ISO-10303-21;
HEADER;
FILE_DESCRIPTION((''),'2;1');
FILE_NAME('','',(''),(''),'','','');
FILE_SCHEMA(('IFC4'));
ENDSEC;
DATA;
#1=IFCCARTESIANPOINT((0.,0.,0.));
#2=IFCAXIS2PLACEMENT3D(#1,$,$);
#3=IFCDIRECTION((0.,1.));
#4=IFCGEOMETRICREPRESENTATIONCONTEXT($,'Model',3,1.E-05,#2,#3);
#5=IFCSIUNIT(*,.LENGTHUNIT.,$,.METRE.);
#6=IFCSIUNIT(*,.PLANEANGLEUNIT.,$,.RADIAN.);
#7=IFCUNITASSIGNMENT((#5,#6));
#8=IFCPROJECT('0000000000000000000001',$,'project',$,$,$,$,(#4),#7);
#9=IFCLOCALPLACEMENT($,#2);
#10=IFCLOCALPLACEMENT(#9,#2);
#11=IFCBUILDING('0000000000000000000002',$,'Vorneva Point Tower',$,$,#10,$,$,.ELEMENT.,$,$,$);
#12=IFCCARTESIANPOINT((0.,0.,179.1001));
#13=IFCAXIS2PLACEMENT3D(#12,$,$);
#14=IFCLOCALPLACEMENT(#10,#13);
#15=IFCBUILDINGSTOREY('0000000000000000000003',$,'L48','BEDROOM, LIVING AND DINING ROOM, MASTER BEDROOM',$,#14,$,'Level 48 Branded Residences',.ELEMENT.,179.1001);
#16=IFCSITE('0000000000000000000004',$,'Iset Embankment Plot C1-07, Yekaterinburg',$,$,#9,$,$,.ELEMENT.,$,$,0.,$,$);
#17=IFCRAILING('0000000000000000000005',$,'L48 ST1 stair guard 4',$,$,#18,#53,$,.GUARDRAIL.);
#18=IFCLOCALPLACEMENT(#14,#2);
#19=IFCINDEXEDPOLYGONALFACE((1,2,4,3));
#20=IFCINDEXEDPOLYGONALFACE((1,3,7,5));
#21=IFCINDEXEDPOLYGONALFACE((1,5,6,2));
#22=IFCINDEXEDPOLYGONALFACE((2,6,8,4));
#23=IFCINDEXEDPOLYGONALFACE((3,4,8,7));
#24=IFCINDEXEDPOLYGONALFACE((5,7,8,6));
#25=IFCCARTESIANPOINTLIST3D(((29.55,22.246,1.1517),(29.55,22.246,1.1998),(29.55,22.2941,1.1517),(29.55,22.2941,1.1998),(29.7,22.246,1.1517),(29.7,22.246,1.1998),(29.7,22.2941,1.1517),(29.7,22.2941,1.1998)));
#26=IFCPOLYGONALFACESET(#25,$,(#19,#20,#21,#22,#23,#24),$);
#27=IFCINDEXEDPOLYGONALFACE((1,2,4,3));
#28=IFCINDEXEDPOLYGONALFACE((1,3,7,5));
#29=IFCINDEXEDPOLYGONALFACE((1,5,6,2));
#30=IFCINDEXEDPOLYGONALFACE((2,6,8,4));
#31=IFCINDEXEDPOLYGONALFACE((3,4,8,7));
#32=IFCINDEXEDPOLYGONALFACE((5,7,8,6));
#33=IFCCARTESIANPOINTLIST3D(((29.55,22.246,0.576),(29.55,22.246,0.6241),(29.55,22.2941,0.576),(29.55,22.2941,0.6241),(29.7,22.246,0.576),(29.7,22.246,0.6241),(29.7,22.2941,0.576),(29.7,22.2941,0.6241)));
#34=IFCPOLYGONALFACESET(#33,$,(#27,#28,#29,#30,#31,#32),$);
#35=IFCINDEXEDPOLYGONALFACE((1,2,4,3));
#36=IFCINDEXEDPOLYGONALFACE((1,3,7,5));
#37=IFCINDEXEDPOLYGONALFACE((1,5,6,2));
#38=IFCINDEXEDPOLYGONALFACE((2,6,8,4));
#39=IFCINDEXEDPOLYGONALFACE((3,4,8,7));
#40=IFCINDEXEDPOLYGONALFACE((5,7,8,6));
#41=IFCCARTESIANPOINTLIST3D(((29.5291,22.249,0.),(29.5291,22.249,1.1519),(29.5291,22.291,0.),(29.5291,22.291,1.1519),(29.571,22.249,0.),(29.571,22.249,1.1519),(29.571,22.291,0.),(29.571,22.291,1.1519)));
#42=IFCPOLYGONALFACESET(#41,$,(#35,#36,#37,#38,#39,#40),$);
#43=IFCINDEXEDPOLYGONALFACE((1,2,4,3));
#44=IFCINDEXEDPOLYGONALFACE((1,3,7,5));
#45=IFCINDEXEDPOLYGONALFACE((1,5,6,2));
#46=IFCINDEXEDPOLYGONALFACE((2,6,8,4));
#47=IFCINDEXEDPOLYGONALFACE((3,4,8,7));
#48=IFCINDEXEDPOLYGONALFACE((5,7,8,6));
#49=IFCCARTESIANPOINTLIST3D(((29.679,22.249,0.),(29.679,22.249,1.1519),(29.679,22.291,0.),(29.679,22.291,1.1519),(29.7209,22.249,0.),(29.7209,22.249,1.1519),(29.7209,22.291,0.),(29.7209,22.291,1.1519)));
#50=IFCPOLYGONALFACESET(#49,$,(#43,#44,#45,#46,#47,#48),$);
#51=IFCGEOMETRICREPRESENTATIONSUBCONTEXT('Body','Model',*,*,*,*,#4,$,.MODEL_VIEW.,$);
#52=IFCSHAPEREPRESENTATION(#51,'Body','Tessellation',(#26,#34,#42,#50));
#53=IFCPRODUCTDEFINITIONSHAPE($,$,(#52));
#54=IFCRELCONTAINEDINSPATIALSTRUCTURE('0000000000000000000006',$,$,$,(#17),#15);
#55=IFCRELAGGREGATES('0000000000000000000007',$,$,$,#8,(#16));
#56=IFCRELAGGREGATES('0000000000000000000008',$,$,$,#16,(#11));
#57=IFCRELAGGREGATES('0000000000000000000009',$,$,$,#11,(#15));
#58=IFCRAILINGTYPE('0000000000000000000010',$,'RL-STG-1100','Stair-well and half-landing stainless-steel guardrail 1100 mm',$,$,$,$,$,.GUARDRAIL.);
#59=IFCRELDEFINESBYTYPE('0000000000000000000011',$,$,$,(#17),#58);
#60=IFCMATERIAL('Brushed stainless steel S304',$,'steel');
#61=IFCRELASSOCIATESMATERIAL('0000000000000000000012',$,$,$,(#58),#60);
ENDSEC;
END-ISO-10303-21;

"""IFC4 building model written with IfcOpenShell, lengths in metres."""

from ifc_helpers import new_model, si_unit, direction, frame, origin, origin_2d, place, context, subcontext, project, spatial, rectangle, extrude, material, type_object, element, save


model = new_model("IFC4")

# Units and contexts
model_context = context("Model", 3, precision=1e-05, world=origin(), true_north=direction((0.0, 1.0)))
body_context = subcontext(model_context, "Body", "Model", "MODEL_VIEW")
ifc_project = project(units=[si_unit("LENGTHUNIT", "METRE"), si_unit("PLANEANGLEUNIT", "RADIAN")], contexts=[model_context])

# Site, building, storey
site_placement = place(None, origin())
site = spatial("IfcSite", under=ifc_project, at=site_placement, Name="Iset Embankment Plot C1-07, Yekaterinburg", CompositionType="ELEMENT", RefElevation=0.0)
building_placement = place(site_placement, origin())
building = spatial("IfcBuilding", under=site, at=building_placement, Name="Vorneva Point Tower", CompositionType="ELEMENT")
storey_placement = place(building_placement, frame((0.0, 0.0, 179.1001)))
storey = spatial("IfcBuildingStorey", under=building, at=storey_placement, Name="L48", Description="BEDROOM, LIVING AND DINING ROOM, MASTER BEDROOM", LongName="Level 48 Branded Residences", CompositionType="ELEMENT", Elevation=179.1001)

# Shared definitions
ifc_material_1 = material(Name="Brushed stainless steel S304", Category="steel")

# Railing
railing_type_1 = type_object("IfcRailingType", Name="RL-STG-1100", Description="Stair-well and half-landing stainless-steel guardrail 1100 mm", PredefinedType="GUARDRAIL", material=ifc_material_1)
railing_1_placement = place(storey_placement, frame((29.55, 22.27, 0.0)))
element("IfcRailing", 1, at=railing_1_placement, inside=storey, type_object=railing_type_1, Name="L48 ST1 stair guard 4", PredefinedType="GUARDRAIL", context=body_context, shape_type="SweptSolid", body=[
    extrude(rectangle(XDim=0.0481, YDim=0.0481, at=origin_2d()), frame((0.0, 0.0, 1.1758), z_axis=(1.0, 0.0, 0.0), x_axis=(0.0, 1.0, 0.0)), (0.0, 0.0, 1.0), 0.1499),
    extrude(rectangle(XDim=0.0481, YDim=0.0481, at=origin_2d()), frame((0.0, 0.0, 0.6001), z_axis=(1.0, 0.0, 0.0), x_axis=(0.0, 1.0, 0.0)), (0.0, 0.0, 1.0), 0.1499),
    extrude(rectangle(XDim=0.042, YDim=0.042, at=origin_2d()), origin(), (0.0, 0.0, 1.0), 1.1519),
    extrude(rectangle(XDim=0.042, YDim=0.042, at=origin_2d()), frame((0.1499, 0.0, 0.0)), (0.0, 0.0, 1.0), 1.1519),
])

save(model, "model.ifc")
